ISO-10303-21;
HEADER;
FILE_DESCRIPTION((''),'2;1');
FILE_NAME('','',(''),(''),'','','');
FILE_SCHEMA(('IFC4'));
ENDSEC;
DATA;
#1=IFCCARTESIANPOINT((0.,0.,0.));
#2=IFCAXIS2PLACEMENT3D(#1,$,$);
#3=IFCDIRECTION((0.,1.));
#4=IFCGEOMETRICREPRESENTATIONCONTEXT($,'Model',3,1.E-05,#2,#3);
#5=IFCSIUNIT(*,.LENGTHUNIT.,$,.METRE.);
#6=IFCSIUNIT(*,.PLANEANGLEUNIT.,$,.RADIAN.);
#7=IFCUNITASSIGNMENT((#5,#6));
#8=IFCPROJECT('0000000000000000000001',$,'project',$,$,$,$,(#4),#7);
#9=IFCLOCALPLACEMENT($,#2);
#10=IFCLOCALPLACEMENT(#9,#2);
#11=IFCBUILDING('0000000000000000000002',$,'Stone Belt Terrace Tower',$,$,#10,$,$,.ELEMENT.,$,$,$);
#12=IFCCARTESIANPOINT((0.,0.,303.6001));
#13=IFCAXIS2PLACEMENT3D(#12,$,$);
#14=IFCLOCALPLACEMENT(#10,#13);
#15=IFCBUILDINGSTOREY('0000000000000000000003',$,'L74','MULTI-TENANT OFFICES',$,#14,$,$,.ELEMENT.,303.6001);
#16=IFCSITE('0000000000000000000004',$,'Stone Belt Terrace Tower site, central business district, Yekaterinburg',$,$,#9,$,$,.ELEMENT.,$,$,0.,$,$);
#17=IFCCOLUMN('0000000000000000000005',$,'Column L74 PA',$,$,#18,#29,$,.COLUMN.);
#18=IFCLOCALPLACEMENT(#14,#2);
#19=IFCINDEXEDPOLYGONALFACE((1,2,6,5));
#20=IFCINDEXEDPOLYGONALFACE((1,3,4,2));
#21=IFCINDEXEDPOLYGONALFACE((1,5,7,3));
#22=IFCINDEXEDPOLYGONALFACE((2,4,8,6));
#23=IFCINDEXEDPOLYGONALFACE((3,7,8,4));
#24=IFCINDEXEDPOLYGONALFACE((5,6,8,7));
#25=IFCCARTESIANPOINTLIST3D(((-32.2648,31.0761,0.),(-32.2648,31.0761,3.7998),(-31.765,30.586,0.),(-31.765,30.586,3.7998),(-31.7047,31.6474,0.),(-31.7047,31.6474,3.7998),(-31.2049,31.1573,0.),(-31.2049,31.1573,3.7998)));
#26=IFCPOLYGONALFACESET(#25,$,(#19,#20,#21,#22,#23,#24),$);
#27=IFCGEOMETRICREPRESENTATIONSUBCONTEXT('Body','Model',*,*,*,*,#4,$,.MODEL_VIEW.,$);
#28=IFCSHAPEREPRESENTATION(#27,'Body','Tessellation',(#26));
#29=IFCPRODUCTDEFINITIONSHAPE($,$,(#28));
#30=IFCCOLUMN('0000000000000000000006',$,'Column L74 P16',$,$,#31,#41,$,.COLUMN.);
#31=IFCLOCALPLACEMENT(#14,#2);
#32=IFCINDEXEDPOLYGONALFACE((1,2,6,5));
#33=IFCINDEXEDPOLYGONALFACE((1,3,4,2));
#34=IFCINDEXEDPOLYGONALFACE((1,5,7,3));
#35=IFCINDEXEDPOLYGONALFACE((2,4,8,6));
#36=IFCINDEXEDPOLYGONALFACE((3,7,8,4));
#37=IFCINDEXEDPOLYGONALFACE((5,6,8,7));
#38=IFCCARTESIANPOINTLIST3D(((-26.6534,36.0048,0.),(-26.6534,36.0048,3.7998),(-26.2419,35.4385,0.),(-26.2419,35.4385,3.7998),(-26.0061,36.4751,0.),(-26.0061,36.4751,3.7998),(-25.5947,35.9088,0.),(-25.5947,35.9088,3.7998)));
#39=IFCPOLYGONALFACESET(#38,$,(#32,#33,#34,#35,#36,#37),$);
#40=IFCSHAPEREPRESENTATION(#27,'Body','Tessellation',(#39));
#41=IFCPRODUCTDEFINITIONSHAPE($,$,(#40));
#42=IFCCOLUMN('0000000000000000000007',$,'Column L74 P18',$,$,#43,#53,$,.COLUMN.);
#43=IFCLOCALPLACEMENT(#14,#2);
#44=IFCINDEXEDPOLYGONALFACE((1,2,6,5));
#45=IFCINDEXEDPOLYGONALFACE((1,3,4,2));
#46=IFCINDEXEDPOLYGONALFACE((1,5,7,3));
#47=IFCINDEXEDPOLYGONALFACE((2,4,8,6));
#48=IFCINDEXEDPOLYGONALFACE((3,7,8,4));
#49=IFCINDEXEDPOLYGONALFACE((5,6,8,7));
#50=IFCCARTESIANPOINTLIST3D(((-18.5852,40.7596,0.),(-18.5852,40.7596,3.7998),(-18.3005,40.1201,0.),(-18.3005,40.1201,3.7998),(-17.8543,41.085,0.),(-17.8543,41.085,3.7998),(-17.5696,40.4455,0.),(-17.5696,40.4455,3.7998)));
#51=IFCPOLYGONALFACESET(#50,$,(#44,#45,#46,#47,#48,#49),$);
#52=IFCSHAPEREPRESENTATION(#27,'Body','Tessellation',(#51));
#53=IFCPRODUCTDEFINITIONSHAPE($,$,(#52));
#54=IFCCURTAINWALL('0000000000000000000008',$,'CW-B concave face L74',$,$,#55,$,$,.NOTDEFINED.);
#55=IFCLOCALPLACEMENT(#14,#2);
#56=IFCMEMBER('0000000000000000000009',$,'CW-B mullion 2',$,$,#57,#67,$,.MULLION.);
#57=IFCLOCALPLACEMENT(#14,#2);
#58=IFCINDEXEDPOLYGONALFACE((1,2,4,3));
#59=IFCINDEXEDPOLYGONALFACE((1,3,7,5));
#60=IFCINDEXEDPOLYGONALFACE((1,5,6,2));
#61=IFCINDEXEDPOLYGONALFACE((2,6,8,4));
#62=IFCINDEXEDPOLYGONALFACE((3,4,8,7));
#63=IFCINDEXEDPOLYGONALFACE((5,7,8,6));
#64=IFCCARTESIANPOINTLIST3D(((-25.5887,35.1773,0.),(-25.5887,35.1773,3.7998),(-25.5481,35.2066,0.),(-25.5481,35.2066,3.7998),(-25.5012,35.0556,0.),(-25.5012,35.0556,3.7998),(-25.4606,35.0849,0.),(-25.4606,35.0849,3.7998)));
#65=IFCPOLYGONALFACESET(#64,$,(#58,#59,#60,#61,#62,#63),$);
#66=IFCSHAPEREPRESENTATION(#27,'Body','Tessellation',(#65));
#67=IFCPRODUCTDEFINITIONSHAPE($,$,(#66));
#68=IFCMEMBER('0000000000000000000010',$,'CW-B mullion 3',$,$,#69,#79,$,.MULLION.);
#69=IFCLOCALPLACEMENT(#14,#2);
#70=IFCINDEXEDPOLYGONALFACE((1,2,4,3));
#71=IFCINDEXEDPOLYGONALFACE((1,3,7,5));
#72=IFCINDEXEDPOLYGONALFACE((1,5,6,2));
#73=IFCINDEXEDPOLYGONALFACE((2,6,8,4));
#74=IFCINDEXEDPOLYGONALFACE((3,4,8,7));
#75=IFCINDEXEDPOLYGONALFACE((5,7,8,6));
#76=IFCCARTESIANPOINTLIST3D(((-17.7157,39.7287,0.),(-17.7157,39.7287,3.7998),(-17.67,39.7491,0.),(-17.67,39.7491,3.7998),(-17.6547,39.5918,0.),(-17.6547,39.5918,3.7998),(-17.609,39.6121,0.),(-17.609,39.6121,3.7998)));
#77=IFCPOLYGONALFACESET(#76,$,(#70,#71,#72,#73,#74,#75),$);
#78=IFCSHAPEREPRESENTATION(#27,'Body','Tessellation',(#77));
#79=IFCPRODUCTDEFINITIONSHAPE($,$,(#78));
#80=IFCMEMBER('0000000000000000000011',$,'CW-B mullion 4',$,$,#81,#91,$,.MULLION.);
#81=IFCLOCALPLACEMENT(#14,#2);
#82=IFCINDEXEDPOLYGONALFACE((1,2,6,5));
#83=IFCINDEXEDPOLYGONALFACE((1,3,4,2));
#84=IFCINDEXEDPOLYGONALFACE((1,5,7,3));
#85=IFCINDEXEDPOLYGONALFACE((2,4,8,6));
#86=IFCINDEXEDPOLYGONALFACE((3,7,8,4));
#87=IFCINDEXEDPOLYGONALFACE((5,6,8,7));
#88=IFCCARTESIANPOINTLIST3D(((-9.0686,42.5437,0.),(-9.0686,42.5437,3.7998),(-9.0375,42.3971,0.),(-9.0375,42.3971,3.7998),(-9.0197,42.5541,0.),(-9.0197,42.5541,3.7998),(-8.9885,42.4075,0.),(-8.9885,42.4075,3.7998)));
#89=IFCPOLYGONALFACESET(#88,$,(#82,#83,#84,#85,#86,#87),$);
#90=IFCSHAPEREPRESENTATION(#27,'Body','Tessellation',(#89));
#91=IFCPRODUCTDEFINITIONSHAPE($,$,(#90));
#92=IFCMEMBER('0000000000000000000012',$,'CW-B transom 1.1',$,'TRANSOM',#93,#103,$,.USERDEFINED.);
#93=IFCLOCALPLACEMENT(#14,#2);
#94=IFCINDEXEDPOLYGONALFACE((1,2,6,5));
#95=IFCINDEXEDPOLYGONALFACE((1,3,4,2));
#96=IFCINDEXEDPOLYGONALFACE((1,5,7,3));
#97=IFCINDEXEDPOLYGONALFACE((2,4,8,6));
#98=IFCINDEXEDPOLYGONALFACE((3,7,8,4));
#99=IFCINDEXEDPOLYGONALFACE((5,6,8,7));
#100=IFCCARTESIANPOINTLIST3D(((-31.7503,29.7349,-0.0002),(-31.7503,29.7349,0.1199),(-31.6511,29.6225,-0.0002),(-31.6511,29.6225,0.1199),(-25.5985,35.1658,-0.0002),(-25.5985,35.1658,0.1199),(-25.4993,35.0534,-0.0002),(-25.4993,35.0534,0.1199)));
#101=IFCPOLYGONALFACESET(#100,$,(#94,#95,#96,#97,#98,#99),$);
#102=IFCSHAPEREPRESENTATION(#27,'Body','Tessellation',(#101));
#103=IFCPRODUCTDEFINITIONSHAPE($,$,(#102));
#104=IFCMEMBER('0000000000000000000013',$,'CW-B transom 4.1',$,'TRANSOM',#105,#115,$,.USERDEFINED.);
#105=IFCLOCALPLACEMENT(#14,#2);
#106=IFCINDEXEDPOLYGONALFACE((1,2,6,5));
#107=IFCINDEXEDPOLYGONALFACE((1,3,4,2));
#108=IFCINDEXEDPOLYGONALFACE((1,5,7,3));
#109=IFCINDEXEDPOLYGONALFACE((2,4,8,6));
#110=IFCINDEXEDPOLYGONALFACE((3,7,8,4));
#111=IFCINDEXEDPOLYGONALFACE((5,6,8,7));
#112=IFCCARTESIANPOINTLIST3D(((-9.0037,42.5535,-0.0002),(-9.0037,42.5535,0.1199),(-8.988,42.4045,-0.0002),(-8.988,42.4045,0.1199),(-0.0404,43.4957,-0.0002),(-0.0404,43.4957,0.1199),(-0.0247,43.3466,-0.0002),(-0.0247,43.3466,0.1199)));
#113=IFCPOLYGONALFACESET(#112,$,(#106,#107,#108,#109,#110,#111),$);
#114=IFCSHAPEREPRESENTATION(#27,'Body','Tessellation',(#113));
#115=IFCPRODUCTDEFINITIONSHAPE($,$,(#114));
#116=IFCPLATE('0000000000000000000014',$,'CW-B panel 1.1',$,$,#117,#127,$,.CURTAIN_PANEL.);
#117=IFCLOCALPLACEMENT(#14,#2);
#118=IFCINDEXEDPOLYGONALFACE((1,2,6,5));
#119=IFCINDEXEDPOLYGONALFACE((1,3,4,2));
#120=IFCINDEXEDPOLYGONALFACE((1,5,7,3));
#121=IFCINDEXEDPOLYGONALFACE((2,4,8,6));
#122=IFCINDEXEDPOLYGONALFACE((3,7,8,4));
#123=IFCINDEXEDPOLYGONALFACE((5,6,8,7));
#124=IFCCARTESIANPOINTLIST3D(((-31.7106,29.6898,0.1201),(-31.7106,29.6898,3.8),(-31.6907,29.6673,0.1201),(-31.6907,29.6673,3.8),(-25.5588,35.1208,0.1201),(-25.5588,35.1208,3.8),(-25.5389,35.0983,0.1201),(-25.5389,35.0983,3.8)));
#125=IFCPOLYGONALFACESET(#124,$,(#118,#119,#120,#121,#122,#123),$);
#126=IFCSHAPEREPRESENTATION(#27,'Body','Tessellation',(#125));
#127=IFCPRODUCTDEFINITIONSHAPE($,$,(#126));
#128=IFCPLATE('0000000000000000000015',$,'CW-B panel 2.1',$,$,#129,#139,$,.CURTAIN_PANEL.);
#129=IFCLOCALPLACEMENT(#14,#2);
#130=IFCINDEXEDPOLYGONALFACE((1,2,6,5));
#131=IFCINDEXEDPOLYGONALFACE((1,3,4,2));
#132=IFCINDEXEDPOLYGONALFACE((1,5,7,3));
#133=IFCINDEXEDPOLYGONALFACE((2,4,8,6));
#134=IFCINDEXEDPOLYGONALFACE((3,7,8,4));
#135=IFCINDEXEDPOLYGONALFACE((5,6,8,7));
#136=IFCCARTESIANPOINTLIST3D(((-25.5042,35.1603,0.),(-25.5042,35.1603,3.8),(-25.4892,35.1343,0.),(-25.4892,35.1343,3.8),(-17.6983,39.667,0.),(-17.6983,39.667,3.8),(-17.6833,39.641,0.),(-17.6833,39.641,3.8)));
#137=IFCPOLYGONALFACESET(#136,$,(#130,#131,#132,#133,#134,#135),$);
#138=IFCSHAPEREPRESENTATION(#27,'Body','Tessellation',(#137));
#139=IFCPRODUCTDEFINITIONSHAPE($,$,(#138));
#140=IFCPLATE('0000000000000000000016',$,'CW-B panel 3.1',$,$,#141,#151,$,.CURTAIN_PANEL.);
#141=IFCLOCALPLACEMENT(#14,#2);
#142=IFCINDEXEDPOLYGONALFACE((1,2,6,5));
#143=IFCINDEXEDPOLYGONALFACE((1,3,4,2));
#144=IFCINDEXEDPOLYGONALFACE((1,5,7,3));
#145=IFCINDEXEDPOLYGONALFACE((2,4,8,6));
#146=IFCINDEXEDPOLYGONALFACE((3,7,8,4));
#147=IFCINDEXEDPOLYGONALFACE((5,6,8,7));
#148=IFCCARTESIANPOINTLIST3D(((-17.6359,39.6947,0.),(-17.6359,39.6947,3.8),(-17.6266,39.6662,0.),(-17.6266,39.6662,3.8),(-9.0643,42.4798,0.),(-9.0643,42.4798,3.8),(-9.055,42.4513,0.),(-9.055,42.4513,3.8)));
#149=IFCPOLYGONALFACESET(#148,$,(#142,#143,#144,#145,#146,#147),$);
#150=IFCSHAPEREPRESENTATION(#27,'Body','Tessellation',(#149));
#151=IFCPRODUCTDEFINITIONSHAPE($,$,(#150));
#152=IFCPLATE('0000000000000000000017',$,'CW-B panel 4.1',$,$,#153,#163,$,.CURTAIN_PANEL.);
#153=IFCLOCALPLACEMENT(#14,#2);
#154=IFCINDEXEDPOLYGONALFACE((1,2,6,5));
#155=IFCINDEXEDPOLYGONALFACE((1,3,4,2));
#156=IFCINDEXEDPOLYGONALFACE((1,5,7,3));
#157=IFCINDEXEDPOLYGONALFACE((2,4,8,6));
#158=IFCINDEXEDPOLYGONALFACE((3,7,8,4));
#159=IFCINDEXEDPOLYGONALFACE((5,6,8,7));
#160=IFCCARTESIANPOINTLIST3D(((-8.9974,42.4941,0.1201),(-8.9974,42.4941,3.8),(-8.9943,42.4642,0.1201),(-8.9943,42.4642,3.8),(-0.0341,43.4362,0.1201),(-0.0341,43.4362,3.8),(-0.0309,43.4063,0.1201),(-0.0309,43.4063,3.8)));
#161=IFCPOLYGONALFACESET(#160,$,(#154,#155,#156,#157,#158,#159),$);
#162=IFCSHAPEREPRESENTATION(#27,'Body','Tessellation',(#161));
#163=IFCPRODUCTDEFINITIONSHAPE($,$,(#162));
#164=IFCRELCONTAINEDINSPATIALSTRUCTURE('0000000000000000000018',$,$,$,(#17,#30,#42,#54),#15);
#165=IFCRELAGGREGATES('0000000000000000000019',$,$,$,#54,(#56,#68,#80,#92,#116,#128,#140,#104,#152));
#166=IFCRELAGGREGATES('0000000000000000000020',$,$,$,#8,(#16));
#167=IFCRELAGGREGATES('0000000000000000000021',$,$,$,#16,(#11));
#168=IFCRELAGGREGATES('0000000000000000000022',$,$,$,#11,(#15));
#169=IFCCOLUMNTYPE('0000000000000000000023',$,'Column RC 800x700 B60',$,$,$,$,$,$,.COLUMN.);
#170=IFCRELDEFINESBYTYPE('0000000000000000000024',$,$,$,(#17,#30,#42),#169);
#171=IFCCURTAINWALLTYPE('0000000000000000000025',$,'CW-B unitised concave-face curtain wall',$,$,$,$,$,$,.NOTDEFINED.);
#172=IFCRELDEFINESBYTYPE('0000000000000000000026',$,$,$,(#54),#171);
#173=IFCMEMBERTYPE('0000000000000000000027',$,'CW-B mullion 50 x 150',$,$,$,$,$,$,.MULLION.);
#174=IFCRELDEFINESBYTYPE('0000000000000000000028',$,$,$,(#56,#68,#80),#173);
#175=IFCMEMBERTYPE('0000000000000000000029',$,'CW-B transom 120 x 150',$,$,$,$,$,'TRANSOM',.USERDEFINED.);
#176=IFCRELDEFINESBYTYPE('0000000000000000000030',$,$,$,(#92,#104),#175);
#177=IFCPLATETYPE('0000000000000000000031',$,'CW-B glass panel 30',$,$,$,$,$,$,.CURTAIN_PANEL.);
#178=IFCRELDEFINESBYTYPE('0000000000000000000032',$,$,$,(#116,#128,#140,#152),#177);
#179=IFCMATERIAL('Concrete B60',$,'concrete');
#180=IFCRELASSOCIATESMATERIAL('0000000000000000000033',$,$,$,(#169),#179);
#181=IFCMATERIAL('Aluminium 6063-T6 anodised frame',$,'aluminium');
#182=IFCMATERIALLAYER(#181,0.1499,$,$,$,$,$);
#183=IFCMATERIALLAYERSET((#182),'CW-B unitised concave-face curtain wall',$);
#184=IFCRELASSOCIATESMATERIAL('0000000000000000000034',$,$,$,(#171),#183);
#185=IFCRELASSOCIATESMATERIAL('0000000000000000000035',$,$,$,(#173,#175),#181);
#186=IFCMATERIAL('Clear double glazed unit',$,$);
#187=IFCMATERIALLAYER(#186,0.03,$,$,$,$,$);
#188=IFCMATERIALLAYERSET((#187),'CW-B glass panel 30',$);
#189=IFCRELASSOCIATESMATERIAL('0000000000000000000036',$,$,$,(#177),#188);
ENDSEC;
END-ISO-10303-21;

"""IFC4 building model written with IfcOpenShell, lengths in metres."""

from ifc_helpers import new_model, si_unit, direction, frame, origin, origin_2d, place, context, subcontext, project, spatial, rectangle, extrude, material, layer, layer_set, material_profile, profile_set, type_object, element, aggregate, save


model = new_model("IFC4")

# Units and contexts
model_context = context("Model", 3, precision=1e-05, world=origin(), true_north=direction((0.0, 1.0)))
body_context = subcontext(model_context, "Body", "Model", "MODEL_VIEW")
ifc_project = project(units=[si_unit("LENGTHUNIT", "METRE"), si_unit("PLANEANGLEUNIT", "RADIAN")], contexts=[model_context])

# Site, building, storey
site_placement = place(None, origin())
site = spatial("IfcSite", under=ifc_project, at=site_placement, Name="Stone Belt Terrace Tower site, central business district, Yekaterinburg", CompositionType="ELEMENT", RefElevation=0.0)
building_placement = place(site_placement, origin())
building = spatial("IfcBuilding", under=site, at=building_placement, Name="Stone Belt Terrace Tower", CompositionType="ELEMENT")
storey_placement = place(building_placement, frame((0.0, 0.0, 303.6001)))
storey = spatial("IfcBuildingStorey", under=building, at=storey_placement, Name="L74", Description="MULTI-TENANT OFFICES", CompositionType="ELEMENT", Elevation=303.6001)

# Columns
ifc_material_1 = material(Name="Concrete B60", Category="concrete")
ifc_material_profile_1 = material_profile(ifc_material_1, rectangle(XDim=0.8, YDim=0.7, at=origin_2d()), Name="RC 800x700")
ifc_profile_set_1 = profile_set([ifc_material_profile_1], Name="Concrete B60")
column_type = type_object("IfcColumnType", Name="Column RC 800x700 B60", PredefinedType="COLUMN", material=ifc_profile_set_1)
for number, where, z_axis, x_axis, name in (
    (1, (-31.7349, 31.1167, 0.0), (0.0, 0.0, 1.0), (0.70012, 0.714026, 0.0), "Column L74 PA"),
    (2, (-26.124, 35.9568, 0.0), (0.0, 0.0, 1.0), (0.809017, 0.587785, 0.0), "Column L74 P16"),
    (3, (-18.0774, 40.6025, 0.0), (0.0, 0.0, 1.0), (0.913545, 0.406737, 0.0), "Column L74 P18"),
):
    element("IfcColumn", number, at=place(storey_placement, frame(where, z_axis=z_axis, x_axis=x_axis)), inside=storey, type_object=column_type, Name=name, PredefinedType="COLUMN", context=body_context, shape_type="SweptSolid", body=[
        extrude(rectangle(XDim=0.8, YDim=0.7, at=origin_2d()), origin(), (0.0, 0.0, 1.0), 3.7998),
    ])

# Curtain wall, members, plates
ifc_material_2 = material(Name="Aluminium 6063-T6 anodised frame", Category="aluminium")
ifc_layer_1 = layer(ifc_material_2, 0.1499)
ifc_layer_set_1 = layer_set([ifc_layer_1], Name="CW-B unitised concave-face curtain wall")
curtain_wall_type = type_object("IfcCurtainWallType", Name="CW-B unitised concave-face curtain wall", PredefinedType="NOTDEFINED", material=ifc_layer_set_1)
curtain_wall_placement = place(storey_placement, origin())
curtain_wall = element("IfcCurtainWall", 4, at=curtain_wall_placement, inside=storey, type_object=curtain_wall_type, Name="CW-B concave face L74", PredefinedType="NOTDEFINED")
ifc_material_profile_2 = material_profile(ifc_material_2, rectangle(XDim=0.1499, YDim=0.05, at=origin_2d()), Name="Aluminium 6063-T6 50x150")
ifc_profile_set_2 = profile_set([ifc_material_profile_2], Name="Aluminium 6063-T6 anodised frame")
member_type_1 = type_object("IfcMemberType", Name="CW-B mullion 50 x 150", PredefinedType="MULLION", material=ifc_profile_set_2)
member_1_placement = place(storey_placement, frame((-25.5247, 35.1311, 0.0), z_axis=(0.0, 0.0, 1.0), x_axis=(-0.583819, 0.811884, 0.0)))
member_1 = element("IfcMember", 5, at=member_1_placement, type_object=member_type_1, Name="CW-B mullion 2", PredefinedType="MULLION", context=body_context, shape_type="SweptSolid", body=[
    extrude(rectangle(XDim=0.1499, YDim=0.05, at=origin_2d()), origin(), (0.0, 0.0, 1.0), 3.7998),
])
member_2_placement = place(storey_placement, frame((-17.6624, 39.6704, 0.0), z_axis=(0.0, 0.0, 1.0), x_axis=(-0.406737, 0.913545, 0.0)))
member_2 = element("IfcMember", 6, at=member_2_placement, type_object=member_type_1, Name="CW-B mullion 3", PredefinedType="MULLION", context=body_context, shape_type="SweptSolid", body=[
    extrude(rectangle(XDim=0.1499, YDim=0.05, at=origin_2d()), origin(), (0.0, 0.0, 1.0), 3.7998),
])
member_3_placement = place(storey_placement, frame((-9.0286, 42.4756, 0.0), z_axis=(0.0, 0.0, 1.0), x_axis=(-0.207912, 0.978148, 0.0)))
member_3 = element("IfcMember", 7, at=member_3_placement, type_object=member_type_1, Name="CW-B mullion 4", PredefinedType="MULLION", context=body_context, shape_type="SweptSolid", body=[
    extrude(rectangle(XDim=0.1499, YDim=0.05, at=origin_2d()), origin(), (0.0, 0.0, 1.0), 3.7998),
])
ifc_material_profile_3 = material_profile(ifc_material_2, rectangle(XDim=0.1499, YDim=0.1201, at=origin_2d()), Name="Aluminium 6063-T6 150x120")
ifc_profile_set_3 = profile_set([ifc_material_profile_3], Name="Aluminium 6063-T6 anodised frame")
member_type_2 = type_object("IfcMemberType", Name="CW-B transom 120 x 150", ElementType="TRANSOM", PredefinedType="USERDEFINED", material=ifc_profile_set_3)
member_4_placement = place(storey_placement, frame((-31.7007, 29.6787, 0.0598), z_axis=(0.749669, 0.661813, 0.0), x_axis=(-0.661813, 0.749669, 0.0)))
member_4 = element("IfcMember", 8, at=member_4_placement, type_object=member_type_2, Name="CW-B transom 1.1", ObjectType="TRANSOM", PredefinedType="USERDEFINED", context=body_context, shape_type="SweptSolid", body=[
    extrude(rectangle(XDim=0.1499, YDim=0.1201, at=origin_2d()), origin(), (0.0, 0.0, 1.0), 8.2061),
])
member_5_placement = place(storey_placement, frame((-8.9958, 42.479, 0.0598), z_axis=(0.994521, 0.104534, 0.0), x_axis=(-0.104534, 0.994521, 0.0)))
member_5 = element("IfcMember", 9, at=member_5_placement, type_object=member_type_2, Name="CW-B transom 4.1", ObjectType="TRANSOM", PredefinedType="USERDEFINED", context=body_context, shape_type="SweptSolid", body=[
    extrude(rectangle(XDim=0.1499, YDim=0.1201, at=origin_2d()), origin(), (0.0, 0.0, 1.0), 9.0127),
])
ifc_material_3 = material(Name="Clear double glazed unit")
ifc_layer_2 = layer(ifc_material_3, 0.03)
ifc_layer_set_2 = layer_set([ifc_layer_2], Name="CW-B glass panel 30")
plate_type = type_object("IfcPlateType", Name="CW-B glass panel 30", PredefinedType="CURTAIN_PANEL", material=ifc_layer_set_2)
plate_1_placement = place(storey_placement, frame((-28.6248, 32.394, 0.1201), z_axis=(0.0, 0.0, 1.0), x_axis=(0.749659, 0.661825, 0.0)))
plate_1 = element("IfcPlate", 10, at=plate_1_placement, type_object=plate_type, Name="CW-B panel 1.1", PredefinedType="CURTAIN_PANEL", context=body_context, shape_type="SweptSolid", body=[
    extrude(rectangle(XDim=8.2061, YDim=0.03, at=origin_2d()), origin(), (0.0, 0.0, 1.0), 3.6799),
])
plate_2_placement = place(storey_placement, frame((-21.5938, 37.4006, 0.0), z_axis=(0.0, 0.0, 1.0), x_axis=(0.866025, 0.5, 0.0)))
plate_2 = element("IfcPlate", 11, at=plate_2_placement, type_object=plate_type, Name="CW-B panel 2.1", PredefinedType="CURTAIN_PANEL", context=body_context, shape_type="SweptSolid", body=[
    extrude(rectangle(XDim=9.0134, YDim=0.03, at=origin_2d()), origin(), (0.0, 0.0, 1.0), 3.8),
])
plate_3_placement = place(storey_placement, frame((-13.3455, 41.073, 0.0), z_axis=(0.0, 0.0, 1.0), x_axis=(0.951057, 0.309017, 0.0)))
plate_3 = element("IfcPlate", 12, at=plate_3_placement, type_object=plate_type, Name="CW-B panel 3.1", PredefinedType="CURTAIN_PANEL", context=body_context, shape_type="SweptSolid", body=[
    extrude(rectangle(XDim=9.0127, YDim=0.03, at=origin_2d()), origin(), (0.0, 0.0, 1.0), 3.8),
])
plate_4_placement = place(storey_placement, frame((-4.5142, 42.9502, 0.1201), z_axis=(0.0, 0.0, 1.0), x_axis=(0.994522, 0.104528, 0.0)))
plate_4 = element("IfcPlate", 13, at=plate_4_placement, type_object=plate_type, Name="CW-B panel 4.1", PredefinedType="CURTAIN_PANEL", context=body_context, shape_type="SweptSolid", body=[
    extrude(rectangle(XDim=9.0127, YDim=0.03, at=origin_2d()), origin(), (0.0, 0.0, 1.0), 3.6799),
])
aggregate(curtain_wall, [member_1, member_2, member_3, member_4, plate_1, plate_2, plate_3, member_5, plate_4])

save(model, "model.ifc")
